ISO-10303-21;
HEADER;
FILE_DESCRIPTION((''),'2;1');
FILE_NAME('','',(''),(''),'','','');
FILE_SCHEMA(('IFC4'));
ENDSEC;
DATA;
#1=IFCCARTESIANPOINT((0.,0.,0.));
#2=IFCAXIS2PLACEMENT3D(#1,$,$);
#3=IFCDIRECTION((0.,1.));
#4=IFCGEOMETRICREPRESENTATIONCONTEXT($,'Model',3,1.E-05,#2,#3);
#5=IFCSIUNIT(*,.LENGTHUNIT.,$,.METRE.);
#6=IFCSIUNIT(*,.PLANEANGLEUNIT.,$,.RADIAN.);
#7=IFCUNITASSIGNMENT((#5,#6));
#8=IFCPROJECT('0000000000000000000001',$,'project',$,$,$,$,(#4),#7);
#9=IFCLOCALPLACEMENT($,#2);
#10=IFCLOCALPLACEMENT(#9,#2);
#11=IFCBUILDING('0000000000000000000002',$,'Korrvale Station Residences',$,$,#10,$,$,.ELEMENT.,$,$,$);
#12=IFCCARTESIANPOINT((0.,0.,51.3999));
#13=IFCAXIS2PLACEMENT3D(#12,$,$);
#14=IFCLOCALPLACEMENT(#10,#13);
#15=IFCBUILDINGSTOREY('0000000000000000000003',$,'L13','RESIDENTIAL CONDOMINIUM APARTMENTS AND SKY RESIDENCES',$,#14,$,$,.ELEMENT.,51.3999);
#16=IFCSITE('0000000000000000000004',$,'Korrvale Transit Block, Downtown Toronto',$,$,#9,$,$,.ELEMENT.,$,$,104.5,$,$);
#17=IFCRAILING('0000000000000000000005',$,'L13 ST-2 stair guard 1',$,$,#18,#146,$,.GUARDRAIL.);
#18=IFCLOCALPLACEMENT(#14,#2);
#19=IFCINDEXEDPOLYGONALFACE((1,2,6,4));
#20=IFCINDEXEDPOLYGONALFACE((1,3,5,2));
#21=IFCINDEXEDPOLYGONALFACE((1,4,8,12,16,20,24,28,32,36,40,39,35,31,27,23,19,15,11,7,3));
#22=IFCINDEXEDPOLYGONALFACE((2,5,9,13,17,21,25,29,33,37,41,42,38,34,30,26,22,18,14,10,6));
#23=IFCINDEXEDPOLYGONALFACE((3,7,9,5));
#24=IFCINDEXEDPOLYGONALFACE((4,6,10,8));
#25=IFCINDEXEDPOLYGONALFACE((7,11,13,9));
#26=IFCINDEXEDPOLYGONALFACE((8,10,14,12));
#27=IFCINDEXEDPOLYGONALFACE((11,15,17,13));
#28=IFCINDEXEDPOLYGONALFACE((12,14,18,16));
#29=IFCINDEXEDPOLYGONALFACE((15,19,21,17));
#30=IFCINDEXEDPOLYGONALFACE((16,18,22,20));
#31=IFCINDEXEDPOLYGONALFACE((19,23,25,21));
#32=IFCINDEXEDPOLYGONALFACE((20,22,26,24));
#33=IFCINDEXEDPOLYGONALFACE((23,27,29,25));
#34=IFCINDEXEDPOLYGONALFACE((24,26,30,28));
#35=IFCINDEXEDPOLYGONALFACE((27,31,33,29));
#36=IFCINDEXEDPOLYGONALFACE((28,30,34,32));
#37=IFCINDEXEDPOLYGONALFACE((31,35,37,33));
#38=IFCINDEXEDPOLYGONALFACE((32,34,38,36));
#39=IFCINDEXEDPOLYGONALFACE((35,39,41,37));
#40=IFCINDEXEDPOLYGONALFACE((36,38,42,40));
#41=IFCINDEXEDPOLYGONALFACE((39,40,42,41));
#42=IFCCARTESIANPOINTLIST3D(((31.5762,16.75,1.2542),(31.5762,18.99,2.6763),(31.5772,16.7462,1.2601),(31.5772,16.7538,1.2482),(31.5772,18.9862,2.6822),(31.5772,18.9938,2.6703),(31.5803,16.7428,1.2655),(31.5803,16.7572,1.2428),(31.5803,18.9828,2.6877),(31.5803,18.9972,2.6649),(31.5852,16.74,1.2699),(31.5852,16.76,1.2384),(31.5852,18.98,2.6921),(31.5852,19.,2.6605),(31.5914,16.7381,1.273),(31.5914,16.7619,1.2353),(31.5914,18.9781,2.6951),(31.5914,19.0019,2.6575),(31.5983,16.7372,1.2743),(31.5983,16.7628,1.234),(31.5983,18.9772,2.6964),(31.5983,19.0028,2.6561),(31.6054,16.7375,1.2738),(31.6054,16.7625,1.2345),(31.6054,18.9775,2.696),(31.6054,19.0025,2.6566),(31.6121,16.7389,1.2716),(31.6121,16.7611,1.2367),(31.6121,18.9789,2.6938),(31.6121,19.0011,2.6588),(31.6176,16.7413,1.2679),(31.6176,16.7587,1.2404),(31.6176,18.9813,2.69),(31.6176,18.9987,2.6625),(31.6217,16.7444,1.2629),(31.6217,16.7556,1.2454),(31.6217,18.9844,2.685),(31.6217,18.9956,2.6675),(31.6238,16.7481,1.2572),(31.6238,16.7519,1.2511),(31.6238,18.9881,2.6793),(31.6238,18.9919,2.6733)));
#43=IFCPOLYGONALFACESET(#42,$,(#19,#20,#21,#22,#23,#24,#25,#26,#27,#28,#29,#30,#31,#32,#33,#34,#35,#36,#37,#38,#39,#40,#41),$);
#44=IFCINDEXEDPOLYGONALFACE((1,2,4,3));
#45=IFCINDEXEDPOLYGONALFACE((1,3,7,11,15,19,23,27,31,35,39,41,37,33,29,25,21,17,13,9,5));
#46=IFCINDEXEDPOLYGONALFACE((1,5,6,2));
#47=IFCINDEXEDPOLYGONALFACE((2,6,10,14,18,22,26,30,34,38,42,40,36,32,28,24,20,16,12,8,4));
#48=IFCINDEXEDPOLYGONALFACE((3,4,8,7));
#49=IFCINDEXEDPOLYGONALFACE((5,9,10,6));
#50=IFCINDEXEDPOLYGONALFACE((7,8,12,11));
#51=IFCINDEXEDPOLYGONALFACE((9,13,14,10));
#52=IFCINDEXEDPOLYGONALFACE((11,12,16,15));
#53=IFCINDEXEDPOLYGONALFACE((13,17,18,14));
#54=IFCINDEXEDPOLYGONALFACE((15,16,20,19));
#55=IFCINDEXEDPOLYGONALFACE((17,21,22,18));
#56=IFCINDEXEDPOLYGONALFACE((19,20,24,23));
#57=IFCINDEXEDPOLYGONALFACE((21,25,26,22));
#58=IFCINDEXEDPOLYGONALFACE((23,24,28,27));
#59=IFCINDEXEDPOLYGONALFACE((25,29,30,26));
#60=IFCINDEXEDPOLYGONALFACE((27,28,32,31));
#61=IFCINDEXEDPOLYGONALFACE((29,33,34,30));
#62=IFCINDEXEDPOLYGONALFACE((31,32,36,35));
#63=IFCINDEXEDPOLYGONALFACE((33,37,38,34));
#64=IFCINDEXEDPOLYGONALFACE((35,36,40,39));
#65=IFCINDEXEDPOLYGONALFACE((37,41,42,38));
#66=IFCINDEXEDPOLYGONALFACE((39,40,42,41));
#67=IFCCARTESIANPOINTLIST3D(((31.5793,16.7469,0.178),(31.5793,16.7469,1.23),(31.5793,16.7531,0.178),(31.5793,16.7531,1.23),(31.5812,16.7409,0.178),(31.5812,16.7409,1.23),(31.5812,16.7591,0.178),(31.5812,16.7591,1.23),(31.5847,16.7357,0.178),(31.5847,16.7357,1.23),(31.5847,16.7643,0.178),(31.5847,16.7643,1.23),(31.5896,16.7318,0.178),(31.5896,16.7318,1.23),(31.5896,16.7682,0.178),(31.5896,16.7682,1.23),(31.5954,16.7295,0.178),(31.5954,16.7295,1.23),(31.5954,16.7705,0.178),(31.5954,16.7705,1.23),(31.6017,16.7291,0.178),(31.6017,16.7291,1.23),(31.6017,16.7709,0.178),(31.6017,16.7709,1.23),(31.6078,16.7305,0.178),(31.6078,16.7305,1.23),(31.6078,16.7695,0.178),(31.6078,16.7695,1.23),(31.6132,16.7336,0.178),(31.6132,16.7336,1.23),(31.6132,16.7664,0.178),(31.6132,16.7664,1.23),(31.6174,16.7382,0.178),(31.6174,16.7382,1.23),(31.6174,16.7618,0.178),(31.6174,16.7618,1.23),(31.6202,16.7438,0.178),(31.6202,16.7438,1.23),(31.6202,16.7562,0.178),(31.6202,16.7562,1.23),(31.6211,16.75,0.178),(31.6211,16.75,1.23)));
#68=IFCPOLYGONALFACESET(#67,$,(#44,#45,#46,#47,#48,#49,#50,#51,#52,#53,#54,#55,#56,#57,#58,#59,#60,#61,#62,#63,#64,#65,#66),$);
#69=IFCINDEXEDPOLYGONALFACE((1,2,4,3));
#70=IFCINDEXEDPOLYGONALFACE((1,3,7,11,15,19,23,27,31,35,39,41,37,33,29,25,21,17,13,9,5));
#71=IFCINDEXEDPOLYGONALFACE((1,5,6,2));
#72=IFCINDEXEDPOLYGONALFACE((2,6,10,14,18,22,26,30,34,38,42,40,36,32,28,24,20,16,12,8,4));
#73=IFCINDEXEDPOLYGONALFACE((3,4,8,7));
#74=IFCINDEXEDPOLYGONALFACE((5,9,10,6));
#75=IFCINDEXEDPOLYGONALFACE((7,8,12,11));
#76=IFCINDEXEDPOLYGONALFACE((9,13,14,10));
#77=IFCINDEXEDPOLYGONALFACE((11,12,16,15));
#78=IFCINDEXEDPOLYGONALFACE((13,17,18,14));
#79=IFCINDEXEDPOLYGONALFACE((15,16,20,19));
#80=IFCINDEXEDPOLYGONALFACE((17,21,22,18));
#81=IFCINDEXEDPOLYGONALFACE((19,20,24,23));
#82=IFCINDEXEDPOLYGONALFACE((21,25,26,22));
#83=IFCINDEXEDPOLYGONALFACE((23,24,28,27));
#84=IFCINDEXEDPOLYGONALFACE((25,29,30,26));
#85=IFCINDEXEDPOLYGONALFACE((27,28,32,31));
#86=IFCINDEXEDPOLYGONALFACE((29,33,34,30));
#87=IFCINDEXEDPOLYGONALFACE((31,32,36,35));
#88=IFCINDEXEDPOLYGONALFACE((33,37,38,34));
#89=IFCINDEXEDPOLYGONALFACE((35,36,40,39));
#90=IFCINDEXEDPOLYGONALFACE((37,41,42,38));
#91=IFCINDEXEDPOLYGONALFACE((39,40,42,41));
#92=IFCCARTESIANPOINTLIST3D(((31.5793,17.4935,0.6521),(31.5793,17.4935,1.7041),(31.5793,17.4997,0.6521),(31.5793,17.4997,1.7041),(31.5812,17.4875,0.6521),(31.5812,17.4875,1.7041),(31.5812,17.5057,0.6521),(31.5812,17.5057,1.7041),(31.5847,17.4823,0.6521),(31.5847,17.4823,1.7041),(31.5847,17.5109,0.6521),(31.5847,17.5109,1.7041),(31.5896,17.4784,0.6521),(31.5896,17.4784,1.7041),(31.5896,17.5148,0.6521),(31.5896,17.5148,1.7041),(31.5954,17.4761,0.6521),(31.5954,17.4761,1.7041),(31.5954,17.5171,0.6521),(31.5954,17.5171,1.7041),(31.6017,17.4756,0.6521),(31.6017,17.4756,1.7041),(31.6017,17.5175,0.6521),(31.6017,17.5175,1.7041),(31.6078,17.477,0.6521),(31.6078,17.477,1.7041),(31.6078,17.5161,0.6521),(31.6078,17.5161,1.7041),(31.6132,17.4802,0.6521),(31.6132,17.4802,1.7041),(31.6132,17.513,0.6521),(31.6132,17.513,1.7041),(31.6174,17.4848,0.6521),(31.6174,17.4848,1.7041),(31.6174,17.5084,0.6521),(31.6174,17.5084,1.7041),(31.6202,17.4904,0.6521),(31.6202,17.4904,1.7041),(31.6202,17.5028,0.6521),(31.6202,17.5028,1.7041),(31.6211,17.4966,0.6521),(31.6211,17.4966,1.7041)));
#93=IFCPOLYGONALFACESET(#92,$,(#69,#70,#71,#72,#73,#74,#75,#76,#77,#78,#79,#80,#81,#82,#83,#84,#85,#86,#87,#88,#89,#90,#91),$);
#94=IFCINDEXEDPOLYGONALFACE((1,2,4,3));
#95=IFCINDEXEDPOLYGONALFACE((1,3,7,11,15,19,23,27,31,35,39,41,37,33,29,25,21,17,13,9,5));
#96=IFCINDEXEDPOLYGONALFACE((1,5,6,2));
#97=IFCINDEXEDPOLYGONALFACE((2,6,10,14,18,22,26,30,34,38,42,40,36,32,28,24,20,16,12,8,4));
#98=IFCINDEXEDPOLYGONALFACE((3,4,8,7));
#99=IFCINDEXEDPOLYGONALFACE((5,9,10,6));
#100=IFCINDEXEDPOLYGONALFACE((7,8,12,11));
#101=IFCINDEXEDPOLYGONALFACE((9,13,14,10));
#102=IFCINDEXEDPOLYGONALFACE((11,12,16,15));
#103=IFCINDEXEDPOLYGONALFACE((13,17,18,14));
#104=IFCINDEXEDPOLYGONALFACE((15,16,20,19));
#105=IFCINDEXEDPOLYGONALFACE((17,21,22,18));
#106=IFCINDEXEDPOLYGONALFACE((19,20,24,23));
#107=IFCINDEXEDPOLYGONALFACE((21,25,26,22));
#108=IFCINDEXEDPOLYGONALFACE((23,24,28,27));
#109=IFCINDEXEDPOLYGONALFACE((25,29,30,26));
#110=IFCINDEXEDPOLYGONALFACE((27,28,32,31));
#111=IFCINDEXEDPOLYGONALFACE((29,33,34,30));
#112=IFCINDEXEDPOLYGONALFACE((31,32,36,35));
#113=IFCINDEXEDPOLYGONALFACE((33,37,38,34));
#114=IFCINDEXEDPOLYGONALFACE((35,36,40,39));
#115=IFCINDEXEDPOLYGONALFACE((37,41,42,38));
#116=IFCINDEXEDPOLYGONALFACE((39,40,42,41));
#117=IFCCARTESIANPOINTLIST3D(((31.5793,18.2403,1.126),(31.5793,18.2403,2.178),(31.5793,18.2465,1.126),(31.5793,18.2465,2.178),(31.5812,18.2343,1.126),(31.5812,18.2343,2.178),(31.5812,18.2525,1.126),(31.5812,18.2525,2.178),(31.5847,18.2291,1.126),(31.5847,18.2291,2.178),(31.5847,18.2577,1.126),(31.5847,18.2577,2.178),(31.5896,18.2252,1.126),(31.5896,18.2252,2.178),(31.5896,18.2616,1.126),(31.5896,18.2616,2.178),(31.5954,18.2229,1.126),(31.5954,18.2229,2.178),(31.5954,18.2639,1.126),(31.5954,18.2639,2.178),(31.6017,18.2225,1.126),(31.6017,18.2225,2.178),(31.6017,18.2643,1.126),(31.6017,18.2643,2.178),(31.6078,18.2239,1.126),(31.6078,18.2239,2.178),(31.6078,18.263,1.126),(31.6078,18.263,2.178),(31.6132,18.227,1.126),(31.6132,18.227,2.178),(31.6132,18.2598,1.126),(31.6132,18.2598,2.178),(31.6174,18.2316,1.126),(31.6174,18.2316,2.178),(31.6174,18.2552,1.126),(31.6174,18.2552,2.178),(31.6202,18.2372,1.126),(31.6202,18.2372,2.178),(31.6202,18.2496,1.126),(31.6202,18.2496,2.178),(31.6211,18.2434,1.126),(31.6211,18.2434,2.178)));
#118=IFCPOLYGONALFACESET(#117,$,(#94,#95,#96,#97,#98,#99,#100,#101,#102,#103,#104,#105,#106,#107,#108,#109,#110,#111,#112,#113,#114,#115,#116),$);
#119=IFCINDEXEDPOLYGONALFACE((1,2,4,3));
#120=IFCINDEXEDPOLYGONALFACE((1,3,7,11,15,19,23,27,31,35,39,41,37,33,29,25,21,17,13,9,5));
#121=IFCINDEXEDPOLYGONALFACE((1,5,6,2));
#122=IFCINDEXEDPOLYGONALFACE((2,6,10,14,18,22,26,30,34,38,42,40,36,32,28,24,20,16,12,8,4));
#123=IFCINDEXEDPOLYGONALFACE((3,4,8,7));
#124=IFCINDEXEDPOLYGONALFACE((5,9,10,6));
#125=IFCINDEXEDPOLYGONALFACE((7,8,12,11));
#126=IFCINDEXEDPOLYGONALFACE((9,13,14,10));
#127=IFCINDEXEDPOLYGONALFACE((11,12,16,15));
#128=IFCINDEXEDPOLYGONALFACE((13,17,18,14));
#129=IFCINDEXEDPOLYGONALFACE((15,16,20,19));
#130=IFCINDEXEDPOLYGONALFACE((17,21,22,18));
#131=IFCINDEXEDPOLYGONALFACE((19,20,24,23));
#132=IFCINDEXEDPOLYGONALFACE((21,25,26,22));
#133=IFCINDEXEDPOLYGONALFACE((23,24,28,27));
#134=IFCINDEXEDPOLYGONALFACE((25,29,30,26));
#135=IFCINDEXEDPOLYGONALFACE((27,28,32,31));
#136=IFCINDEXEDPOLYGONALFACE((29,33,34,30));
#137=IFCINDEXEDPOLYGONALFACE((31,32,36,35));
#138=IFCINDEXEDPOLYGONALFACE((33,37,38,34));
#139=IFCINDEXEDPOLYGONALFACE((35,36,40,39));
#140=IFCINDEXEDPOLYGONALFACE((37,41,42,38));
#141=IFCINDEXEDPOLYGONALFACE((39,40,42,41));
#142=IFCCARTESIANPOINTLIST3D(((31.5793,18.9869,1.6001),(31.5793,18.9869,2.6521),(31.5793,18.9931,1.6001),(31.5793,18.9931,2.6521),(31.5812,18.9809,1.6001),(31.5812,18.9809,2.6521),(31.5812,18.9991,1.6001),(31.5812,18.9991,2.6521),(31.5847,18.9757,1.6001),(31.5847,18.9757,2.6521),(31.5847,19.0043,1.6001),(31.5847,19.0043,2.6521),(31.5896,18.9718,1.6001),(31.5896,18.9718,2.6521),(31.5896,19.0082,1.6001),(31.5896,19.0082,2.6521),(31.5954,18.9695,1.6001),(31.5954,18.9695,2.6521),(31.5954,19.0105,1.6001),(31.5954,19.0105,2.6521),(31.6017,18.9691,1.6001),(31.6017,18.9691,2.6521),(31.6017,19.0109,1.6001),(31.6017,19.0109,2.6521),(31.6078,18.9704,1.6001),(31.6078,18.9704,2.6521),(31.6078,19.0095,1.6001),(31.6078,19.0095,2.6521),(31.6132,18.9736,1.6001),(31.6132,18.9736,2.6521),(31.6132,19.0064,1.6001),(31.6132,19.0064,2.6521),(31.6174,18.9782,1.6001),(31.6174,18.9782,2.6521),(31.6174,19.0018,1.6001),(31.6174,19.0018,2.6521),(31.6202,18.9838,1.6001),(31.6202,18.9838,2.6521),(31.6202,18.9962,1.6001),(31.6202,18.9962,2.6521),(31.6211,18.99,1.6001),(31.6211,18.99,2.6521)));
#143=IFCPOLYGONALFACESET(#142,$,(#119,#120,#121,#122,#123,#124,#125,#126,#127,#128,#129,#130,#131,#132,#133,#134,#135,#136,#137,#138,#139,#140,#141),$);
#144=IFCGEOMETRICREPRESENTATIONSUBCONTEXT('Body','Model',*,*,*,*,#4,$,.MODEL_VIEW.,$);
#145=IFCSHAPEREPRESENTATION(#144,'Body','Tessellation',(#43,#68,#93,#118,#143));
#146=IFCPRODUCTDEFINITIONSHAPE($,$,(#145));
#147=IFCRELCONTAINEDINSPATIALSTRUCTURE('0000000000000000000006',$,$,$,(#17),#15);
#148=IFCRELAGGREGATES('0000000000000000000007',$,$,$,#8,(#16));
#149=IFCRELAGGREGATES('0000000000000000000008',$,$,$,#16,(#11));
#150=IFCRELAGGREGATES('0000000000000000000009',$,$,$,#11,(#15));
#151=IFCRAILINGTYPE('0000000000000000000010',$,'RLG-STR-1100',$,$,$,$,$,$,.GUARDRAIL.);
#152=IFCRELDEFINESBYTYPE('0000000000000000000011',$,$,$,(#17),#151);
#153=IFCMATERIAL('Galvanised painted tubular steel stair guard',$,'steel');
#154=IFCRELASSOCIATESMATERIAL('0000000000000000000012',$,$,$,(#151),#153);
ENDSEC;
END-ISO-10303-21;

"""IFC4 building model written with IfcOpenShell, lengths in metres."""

from ifc_helpers import new_model, si_unit, direction, frame, origin, origin_2d, place, context, subcontext, project, spatial, circle, extrude, material, type_object, element, save


model = new_model("IFC4")

# Units and contexts
model_context = context("Model", 3, precision=1e-05, world=origin(), true_north=direction((0.0, 1.0)))
body_context = subcontext(model_context, "Body", "Model", "MODEL_VIEW")
ifc_project = project(units=[si_unit("LENGTHUNIT", "METRE"), si_unit("PLANEANGLEUNIT", "RADIAN")], contexts=[model_context])

# Site, building, storey
site_placement = place(None, origin())
site = spatial("IfcSite", under=ifc_project, at=site_placement, Name="Korrvale Transit Block, Downtown Toronto", CompositionType="ELEMENT", RefElevation=104.5)
building_placement = place(site_placement, origin())
building = spatial("IfcBuilding", under=site, at=building_placement, Name="Korrvale Station Residences", CompositionType="ELEMENT")
storey_placement = place(building_placement, frame((0.0, 0.0, 51.3999)))
storey = spatial("IfcBuildingStorey", under=building, at=storey_placement, Name="L13", Description="RESIDENTIAL CONDOMINIUM APARTMENTS AND SKY RESIDENCES", CompositionType="ELEMENT", Elevation=51.3999)

# Railing
ifc_material_1 = material(Name="Galvanised painted tubular steel stair guard", Category="steel")
railing_type_1 = type_object("IfcRailingType", Name="RLG-STR-1100", PredefinedType="GUARDRAIL", material=ifc_material_1)
railing_1_placement = place(storey_placement, frame((31.6001, 16.75, 0.178)))
element("IfcRailing", 1, at=railing_1_placement, inside=storey, type_object=railing_type_1, Name="L13 ST-2 stair guard 1", PredefinedType="GUARDRAIL", context=body_context, shape_type="SweptSolid", body=[
    extrude(circle(Radius=0.0239, at=origin_2d()), frame((0.0, 0.0, 1.0762), z_axis=(0.0, 0.844229, 0.535982), x_axis=(-1.0, 0.0, 0.0)), (0.0, 0.0, 1.0), 2.6533),
    extrude(circle(Radius=0.021, at=origin_2d()), origin(), (0.0, 0.0, 1.0), 1.052),
    extrude(circle(Radius=0.021, at=origin_2d()), frame((0.0, 0.7466, 0.4741)), (0.0, 0.0, 1.0), 1.052),
    extrude(circle(Radius=0.021, at=origin_2d()), frame((0.0, 1.4934, 0.948)), (0.0, 0.0, 1.0), 1.052),
    extrude(circle(Radius=0.021, at=origin_2d()), frame((0.0, 2.24, 1.4221)), (0.0, 0.0, 1.0), 1.052),
])

save(model, "model.ifc")
